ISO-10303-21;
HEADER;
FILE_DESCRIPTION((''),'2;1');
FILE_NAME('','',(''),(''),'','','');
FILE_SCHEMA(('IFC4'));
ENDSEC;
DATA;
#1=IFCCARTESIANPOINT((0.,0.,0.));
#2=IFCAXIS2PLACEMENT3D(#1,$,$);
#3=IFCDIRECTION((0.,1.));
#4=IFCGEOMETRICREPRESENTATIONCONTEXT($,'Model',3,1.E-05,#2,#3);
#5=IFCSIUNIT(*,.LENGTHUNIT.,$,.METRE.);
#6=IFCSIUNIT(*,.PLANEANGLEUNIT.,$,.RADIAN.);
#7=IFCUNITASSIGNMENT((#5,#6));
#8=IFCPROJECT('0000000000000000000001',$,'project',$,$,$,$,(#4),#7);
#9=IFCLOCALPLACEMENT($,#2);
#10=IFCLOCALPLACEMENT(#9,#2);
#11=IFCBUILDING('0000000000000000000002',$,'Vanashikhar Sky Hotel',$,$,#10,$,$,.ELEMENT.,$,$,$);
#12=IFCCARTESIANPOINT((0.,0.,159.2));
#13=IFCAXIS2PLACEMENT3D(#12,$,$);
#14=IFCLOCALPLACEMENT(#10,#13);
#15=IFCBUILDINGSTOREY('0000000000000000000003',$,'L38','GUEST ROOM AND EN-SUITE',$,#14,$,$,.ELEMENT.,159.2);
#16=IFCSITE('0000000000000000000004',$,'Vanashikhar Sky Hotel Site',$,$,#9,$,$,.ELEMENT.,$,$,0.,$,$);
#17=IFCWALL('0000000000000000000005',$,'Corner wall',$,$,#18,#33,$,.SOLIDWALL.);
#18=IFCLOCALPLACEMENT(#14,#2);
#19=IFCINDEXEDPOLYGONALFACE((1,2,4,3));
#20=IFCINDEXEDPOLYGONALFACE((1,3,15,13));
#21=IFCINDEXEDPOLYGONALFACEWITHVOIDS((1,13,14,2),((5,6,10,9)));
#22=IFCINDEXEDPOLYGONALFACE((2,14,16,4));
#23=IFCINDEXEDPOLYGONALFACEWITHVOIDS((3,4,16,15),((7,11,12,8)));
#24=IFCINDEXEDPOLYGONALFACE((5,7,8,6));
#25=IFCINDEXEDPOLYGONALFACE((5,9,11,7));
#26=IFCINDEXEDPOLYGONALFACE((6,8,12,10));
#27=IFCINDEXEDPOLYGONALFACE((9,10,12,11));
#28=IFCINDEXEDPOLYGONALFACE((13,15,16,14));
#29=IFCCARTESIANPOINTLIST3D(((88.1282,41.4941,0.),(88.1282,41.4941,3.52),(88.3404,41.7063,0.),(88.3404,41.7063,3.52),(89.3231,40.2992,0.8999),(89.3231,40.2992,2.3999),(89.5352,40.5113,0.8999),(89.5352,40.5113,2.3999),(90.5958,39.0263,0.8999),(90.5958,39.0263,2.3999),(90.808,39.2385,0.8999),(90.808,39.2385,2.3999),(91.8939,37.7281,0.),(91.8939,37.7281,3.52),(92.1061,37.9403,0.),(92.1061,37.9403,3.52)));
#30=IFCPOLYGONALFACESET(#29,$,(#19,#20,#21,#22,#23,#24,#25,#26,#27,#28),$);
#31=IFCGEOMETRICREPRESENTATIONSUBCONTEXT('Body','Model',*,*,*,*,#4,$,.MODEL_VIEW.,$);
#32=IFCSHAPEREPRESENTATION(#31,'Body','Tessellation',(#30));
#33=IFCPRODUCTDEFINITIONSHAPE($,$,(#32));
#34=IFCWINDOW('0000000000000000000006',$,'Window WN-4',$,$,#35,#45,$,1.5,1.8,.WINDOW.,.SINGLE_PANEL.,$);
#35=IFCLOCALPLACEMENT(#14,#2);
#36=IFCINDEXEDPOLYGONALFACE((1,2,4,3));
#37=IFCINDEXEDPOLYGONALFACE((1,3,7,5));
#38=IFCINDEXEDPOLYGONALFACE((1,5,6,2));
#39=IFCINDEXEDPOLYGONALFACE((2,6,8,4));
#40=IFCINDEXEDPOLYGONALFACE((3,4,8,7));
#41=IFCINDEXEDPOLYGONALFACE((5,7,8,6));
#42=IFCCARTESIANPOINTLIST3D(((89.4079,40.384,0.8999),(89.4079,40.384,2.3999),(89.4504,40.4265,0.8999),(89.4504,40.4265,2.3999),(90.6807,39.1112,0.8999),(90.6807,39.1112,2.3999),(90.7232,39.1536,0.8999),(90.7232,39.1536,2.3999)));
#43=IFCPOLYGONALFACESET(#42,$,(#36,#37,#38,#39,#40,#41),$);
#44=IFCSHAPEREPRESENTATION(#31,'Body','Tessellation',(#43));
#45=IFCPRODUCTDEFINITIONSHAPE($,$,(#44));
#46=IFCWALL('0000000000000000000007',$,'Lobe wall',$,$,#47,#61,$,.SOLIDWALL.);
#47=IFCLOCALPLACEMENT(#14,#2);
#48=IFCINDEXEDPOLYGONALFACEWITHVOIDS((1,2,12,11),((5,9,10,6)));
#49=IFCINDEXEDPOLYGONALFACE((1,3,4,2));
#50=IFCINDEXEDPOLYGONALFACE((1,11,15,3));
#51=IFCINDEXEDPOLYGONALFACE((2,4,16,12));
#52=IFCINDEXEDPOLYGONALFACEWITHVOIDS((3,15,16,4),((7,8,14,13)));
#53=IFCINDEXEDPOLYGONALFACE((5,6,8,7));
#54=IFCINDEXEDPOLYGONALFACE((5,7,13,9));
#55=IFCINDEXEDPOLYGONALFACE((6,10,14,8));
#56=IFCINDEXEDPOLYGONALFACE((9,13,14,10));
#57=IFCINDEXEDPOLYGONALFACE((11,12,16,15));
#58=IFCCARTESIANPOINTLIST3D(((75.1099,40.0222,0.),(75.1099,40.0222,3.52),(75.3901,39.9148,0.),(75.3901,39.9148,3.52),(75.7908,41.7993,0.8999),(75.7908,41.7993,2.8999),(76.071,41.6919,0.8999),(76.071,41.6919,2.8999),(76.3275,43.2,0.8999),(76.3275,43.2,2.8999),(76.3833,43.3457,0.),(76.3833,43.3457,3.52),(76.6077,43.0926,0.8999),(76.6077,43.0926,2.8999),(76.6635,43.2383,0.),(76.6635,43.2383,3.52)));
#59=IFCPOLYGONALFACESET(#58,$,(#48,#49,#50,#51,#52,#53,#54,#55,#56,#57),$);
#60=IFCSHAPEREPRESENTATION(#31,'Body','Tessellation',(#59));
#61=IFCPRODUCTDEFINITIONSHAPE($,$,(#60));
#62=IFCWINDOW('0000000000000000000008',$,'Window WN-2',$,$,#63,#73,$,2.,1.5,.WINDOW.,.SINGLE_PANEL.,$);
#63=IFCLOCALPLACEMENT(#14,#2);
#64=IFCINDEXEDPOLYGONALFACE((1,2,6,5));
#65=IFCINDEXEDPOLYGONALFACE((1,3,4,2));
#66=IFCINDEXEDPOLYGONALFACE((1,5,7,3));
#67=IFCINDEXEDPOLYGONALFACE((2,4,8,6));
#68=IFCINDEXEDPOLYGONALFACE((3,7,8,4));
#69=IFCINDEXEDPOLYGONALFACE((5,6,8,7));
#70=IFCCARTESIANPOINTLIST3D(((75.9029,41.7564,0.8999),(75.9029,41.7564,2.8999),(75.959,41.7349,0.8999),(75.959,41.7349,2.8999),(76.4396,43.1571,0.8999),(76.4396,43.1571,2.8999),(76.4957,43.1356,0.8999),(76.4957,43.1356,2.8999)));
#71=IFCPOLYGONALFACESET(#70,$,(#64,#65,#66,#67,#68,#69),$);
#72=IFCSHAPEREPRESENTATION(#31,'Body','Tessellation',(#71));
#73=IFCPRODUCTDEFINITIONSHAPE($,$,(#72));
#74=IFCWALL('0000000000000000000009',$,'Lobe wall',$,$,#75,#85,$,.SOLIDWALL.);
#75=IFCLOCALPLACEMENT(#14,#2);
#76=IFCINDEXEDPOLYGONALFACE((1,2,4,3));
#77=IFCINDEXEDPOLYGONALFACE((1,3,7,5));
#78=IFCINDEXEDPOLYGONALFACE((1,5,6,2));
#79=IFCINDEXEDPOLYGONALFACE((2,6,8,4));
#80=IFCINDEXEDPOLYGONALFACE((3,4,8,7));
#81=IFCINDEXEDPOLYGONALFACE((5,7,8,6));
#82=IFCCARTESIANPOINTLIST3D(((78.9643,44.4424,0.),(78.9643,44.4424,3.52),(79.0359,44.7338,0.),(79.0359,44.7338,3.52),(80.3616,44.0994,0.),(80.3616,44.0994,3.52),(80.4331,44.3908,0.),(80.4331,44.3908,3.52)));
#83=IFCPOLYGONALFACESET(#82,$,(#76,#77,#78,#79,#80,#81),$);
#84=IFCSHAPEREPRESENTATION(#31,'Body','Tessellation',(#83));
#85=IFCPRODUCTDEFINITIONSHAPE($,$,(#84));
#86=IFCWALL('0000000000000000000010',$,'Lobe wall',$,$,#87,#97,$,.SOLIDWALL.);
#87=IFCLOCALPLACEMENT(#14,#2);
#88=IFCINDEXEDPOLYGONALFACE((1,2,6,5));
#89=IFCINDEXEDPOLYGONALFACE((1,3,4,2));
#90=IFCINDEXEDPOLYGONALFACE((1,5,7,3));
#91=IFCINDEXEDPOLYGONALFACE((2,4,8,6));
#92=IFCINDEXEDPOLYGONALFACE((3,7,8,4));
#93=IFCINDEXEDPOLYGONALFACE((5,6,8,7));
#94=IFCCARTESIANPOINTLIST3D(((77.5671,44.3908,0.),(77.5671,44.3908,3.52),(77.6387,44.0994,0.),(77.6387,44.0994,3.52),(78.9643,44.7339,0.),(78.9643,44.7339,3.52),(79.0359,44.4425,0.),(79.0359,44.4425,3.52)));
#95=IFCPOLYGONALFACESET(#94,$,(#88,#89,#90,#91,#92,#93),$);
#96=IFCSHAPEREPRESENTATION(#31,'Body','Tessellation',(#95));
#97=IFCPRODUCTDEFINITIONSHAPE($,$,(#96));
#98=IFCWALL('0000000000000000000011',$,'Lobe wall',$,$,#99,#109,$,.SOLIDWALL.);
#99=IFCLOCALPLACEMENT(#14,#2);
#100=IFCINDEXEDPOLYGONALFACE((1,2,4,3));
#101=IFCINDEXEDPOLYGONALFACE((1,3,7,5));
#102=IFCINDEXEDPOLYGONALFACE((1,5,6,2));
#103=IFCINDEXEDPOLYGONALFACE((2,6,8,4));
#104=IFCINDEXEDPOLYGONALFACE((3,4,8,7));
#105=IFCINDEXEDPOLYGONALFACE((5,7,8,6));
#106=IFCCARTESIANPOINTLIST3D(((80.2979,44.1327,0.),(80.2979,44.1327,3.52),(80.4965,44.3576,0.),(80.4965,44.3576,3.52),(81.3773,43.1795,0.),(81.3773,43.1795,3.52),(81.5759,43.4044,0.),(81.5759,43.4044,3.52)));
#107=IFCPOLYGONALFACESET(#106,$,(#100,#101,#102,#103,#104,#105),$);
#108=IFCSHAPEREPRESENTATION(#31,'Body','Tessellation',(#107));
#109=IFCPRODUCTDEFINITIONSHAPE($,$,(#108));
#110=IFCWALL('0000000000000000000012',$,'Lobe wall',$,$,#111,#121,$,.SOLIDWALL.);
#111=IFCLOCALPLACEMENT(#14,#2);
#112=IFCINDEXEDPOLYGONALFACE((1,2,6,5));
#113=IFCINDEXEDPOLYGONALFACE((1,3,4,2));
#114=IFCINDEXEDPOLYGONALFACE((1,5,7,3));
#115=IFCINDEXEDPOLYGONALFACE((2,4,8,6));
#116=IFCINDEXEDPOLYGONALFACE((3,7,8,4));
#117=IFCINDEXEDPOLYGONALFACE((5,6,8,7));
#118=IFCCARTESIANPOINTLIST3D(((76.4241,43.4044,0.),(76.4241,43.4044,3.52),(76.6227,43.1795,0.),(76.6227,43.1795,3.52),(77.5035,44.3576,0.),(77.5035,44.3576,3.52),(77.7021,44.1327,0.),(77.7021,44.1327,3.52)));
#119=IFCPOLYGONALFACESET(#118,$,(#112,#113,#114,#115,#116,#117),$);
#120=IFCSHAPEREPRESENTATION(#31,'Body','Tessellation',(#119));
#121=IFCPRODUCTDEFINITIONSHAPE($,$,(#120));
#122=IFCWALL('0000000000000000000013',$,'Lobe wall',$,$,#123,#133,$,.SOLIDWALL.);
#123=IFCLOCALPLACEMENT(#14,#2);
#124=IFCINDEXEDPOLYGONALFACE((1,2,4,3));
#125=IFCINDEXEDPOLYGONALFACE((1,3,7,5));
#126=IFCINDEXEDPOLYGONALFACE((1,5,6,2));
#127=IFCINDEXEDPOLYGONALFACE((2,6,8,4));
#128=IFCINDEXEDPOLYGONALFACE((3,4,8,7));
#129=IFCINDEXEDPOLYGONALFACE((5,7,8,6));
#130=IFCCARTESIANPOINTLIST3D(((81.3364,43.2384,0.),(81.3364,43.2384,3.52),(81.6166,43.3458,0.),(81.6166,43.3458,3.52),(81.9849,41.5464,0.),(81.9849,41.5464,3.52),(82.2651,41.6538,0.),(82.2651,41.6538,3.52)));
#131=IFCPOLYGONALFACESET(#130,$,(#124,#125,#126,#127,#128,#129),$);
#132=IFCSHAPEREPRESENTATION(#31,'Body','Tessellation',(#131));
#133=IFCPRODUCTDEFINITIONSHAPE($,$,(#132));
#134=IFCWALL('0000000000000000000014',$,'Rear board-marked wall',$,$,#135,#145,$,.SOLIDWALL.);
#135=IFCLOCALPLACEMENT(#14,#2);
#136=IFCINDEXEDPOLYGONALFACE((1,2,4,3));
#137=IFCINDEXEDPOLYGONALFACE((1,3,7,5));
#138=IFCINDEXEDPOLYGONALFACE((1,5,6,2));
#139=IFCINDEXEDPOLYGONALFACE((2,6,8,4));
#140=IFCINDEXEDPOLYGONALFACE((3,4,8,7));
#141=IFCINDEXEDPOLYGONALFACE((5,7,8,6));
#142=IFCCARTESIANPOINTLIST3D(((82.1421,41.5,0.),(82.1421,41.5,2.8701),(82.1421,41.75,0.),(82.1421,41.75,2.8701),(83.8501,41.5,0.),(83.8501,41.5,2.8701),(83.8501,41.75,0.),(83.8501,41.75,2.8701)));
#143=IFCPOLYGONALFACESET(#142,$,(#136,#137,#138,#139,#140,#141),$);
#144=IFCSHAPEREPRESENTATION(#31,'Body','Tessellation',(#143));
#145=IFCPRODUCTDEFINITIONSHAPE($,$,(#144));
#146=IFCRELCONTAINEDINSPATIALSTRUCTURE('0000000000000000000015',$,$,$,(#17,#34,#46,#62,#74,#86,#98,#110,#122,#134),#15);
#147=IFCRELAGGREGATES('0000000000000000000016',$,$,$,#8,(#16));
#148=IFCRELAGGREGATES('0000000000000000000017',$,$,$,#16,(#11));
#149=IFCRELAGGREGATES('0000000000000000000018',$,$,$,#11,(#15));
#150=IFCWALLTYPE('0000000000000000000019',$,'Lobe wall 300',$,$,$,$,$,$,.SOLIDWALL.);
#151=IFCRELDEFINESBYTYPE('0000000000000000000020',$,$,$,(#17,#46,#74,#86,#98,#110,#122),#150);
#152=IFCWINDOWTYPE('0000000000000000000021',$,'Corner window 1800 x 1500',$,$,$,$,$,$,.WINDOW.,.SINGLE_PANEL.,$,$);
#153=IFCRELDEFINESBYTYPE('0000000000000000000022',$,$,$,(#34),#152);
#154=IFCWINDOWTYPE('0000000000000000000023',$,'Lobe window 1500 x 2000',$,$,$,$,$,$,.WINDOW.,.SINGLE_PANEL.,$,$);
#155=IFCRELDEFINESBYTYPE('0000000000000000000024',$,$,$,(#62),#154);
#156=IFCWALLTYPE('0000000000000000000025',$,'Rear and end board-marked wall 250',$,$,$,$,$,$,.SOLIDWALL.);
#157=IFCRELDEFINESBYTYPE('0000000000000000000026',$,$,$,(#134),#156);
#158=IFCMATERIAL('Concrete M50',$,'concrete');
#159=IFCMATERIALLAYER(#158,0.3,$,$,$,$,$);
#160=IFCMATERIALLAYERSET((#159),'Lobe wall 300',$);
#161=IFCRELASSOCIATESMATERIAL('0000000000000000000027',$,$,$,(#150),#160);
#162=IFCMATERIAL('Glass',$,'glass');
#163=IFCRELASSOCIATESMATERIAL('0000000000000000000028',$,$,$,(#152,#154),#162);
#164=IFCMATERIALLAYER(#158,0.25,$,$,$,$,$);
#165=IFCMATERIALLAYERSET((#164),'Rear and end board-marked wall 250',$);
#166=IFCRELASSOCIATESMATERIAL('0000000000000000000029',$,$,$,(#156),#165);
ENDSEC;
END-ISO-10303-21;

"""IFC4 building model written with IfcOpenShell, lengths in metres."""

from ifc_helpers import new_model, si_unit, direction, frame, frame_2d, origin, place, context, subcontext, project, spatial, rectangle, extrude, source, transform, mapped, material, layer, layer_set, type_object, element, fill, save


model = new_model("IFC4")

# Units and contexts
model_context = context("Model", 3, precision=1e-05, world=origin(), true_north=direction((0.0, 1.0)))
body_context = subcontext(model_context, "Body", "Model", "MODEL_VIEW")
ifc_project = project(units=[si_unit("LENGTHUNIT", "METRE"), si_unit("PLANEANGLEUNIT", "RADIAN")], contexts=[model_context])

# Site, building, storey
site_placement = place(None, origin())
site = spatial("IfcSite", under=ifc_project, at=site_placement, Name="Vanashikhar Sky Hotel Site", CompositionType="ELEMENT", RefElevation=0.0)
building_placement = place(site_placement, origin())
building = spatial("IfcBuilding", under=site, at=building_placement, Name="Vanashikhar Sky Hotel", CompositionType="ELEMENT")
storey_placement = place(building_placement, frame((0.0, 0.0, 159.2)))
storey = spatial("IfcBuildingStorey", under=building, at=storey_placement, Name="L38", Description="GUEST ROOM AND EN-SUITE", CompositionType="ELEMENT", Elevation=159.2)

# Walls, openings, windows
ifc_material_1 = material(Name="Concrete M50", Category="concrete")
ifc_layer_1 = layer(ifc_material_1, 0.3)
ifc_layer_set_1 = layer_set([ifc_layer_1], Name="Lobe wall 300")
wall_type_1 = type_object("IfcWallType", Name="Lobe wall 300", PredefinedType="SOLIDWALL", material=ifc_layer_set_1)
shared_shape_1 = source(origin(), body_context, "Body", "SweptSolid", [
    extrude(rectangle(XDim=5.3257, YDim=0.3, at=frame_2d((2.6628, 0.0))), origin(), (0.0, 0.0, 1.0), 3.52),
])
wall_1_placement = place(storey_placement, frame((92.0, 37.8342, 0.0), z_axis=(0.0, 0.0, 1.0), x_axis=(-0.707084, 0.70713, 0.0)))
wall_1 = element("IfcWall", 1, at=wall_1_placement, inside=storey, type_object=wall_type_1, Name="Corner wall", PredefinedType="SOLIDWALL", context=body_context, shape_type="MappedRepresentation", body=[
    mapped(shared_shape_1, transform((0.0, 0.0, 0.0), scale=1.0)),
])
shared_shape_2 = source(origin(), body_context, "Body", "SweptSolid", [
    extrude(rectangle(XDim=1.8, YDim=1.5, at=frame_2d((0.8999, 0.75))), frame((0.0, 0.1602, 0.0), z_axis=(0.0, -1.0, 0.0), x_axis=(1.0, 0.0, 0.0)), (0.0, 0.0, 1.0), 0.3201),
])
opening_1_placement = place(wall_1_placement, frame((1.8359, 0.0, 0.8999)))
opening_1 = element("IfcOpeningElement", 2, at=opening_1_placement, cuts=wall_1, PredefinedType="OPENING", context=body_context, shape_type="MappedRepresentation", body=[
    mapped(shared_shape_2, transform((0.0, 0.0, 0.0), scale=1.0)),
])
ifc_material_2 = material(Name="Glass", Category="glass")
window_type_1 = type_object("IfcWindowType", Name="Corner window 1800 x 1500", PartitioningType="SINGLE_PANEL", PredefinedType="WINDOW", material=ifc_material_2)
shared_shape_3 = source(origin(), body_context, "Body", "SweptSolid", [
    extrude(rectangle(XDim=1.8, YDim=1.5, at=frame_2d((0.8999, 0.75))), frame((0.0, 0.03, 0.0), z_axis=(0.0, -1.0, 0.0), x_axis=(1.0, 0.0, 0.0)), (0.0, 0.0, 1.0), 0.0601),
])
window_1_placement = place(opening_1_placement, origin())
window_1 = element("IfcWindow", 3, at=window_1_placement, inside=storey, type_object=window_type_1, Name="Window WN-4", OverallHeight=1.5, OverallWidth=1.8, PartitioningType="SINGLE_PANEL", PredefinedType="WINDOW", context=body_context, shape_type="MappedRepresentation", body=[
    mapped(shared_shape_3, transform((0.0, 0.0, 0.0), scale=1.0)),
])
fill(opening_1, window_1)
shared_shape_4 = source(origin(), body_context, "Body", "SweptSolid", [
    extrude(rectangle(XDim=3.5591, YDim=0.3, at=frame_2d((1.7795, 0.0))), origin(), (0.0, 0.0, 1.0), 3.52),
])
wall_2_placement = place(storey_placement, frame((76.5234, 43.292, 0.0), z_axis=(0.0, 0.0, 1.0), x_axis=(-0.357797, -0.933799, 0.0)))
wall_2 = element("IfcWall", 4, at=wall_2_placement, inside=storey, type_object=wall_type_1, Name="Lobe wall", PredefinedType="SOLIDWALL", context=body_context, shape_type="MappedRepresentation", body=[
    mapped(shared_shape_4, transform((0.0, 0.0, 0.0), scale=1.0)),
])
shared_shape_5 = source(origin(), body_context, "Body", "SweptSolid", [
    extrude(rectangle(XDim=1.5, YDim=2.0, at=frame_2d((0.75, 1.0))), frame((0.0, 0.1602, 0.0), z_axis=(0.0, -1.0, 0.0), x_axis=(1.0, 0.0, 0.0)), (0.0, 0.0, 1.0), 0.3201),
])
opening_2_placement = place(wall_2_placement, frame((0.156, 0.0, 0.8999)))
opening_2 = element("IfcOpeningElement", 5, at=opening_2_placement, cuts=wall_2, PredefinedType="OPENING", context=body_context, shape_type="MappedRepresentation", body=[
    mapped(shared_shape_5, transform((0.0, 0.0, 0.0), scale=1.0)),
])
window_type_2 = type_object("IfcWindowType", Name="Lobe window 1500 x 2000", PartitioningType="SINGLE_PANEL", PredefinedType="WINDOW", material=ifc_material_2)
shared_shape_6 = source(origin(), body_context, "Body", "SweptSolid", [
    extrude(rectangle(XDim=1.5, YDim=2.0, at=frame_2d((0.75, 1.0))), frame((0.0, 0.03, 0.0), z_axis=(0.0, -1.0, 0.0), x_axis=(1.0, 0.0, 0.0)), (0.0, 0.0, 1.0), 0.0601),
])
window_2_placement = place(opening_2_placement, origin())
window_2 = element("IfcWindow", 6, at=window_2_placement, inside=storey, type_object=window_type_2, Name="Window WN-2", OverallHeight=2.0, OverallWidth=1.5, PartitioningType="SINGLE_PANEL", PredefinedType="WINDOW", context=body_context, shape_type="MappedRepresentation", body=[
    mapped(shared_shape_6, transform((0.0, 0.0, 0.0), scale=1.0)),
])
fill(opening_2, window_2)

# Walls
shared_shape_7 = source(origin(), body_context, "Body", "SweptSolid", [
    extrude(rectangle(XDim=1.4387, YDim=0.3, at=frame_2d((0.7192, 0.0))), origin(), (0.0, 0.0, 1.0), 3.52),
])
for number, where, z_axis, x_axis, name in (
    (7, (80.3972, 44.2451, 0.0), (0.0, 0.0, 1.0), (-0.971162, 0.238421, 0.0), "Lobe wall"),
    (8, (79.0, 44.5881, 0.0), (0.0, 0.0, 1.0), (-0.971162, -0.238421, 0.0), "Lobe wall"),
):
    element("IfcWall", number, at=place(storey_placement, frame(where, z_axis=z_axis, x_axis=x_axis)), inside=storey, type_object=wall_type_1, Name=name, PredefinedType="SOLIDWALL", context=body_context, shape_type="MappedRepresentation", body=[
        mapped(shared_shape_7, transform((0.0, 0.0, 0.0), scale=1.0)),
    ])
shared_shape_8 = source(origin(), body_context, "Body", "SweptSolid", [
    extrude(rectangle(XDim=1.4399, YDim=0.3, at=frame_2d((0.72, 0.0))), origin(), (0.0, 0.0, 1.0), 3.52),
])
for number, where, z_axis, x_axis, name in (
    (9, (81.4766, 43.292, 0.0), (0.0, 0.0, 1.0), (-0.749576, 0.661919, 0.0), "Lobe wall"),
    (10, (77.6028, 44.2451, 0.0), (0.0, 0.0, 1.0), (-0.749576, -0.661919, 0.0), "Lobe wall"),
):
    element("IfcWall", number, at=place(storey_placement, frame(where, z_axis=z_axis, x_axis=x_axis)), inside=storey, type_object=wall_type_1, Name=name, PredefinedType="SOLIDWALL", context=body_context, shape_type="MappedRepresentation", body=[
        mapped(shared_shape_8, transform((0.0, 0.0, 0.0), scale=1.0)),
    ])
shared_shape_9 = source(origin(), body_context, "Body", "SweptSolid", [
    extrude(rectangle(XDim=1.812, YDim=0.3, at=frame_2d((0.906, 0.0))), origin(), (0.0, 0.0, 1.0), 3.52),
])
wall_3_placement = place(storey_placement, frame((82.125, 41.6001, 0.0), z_axis=(0.0, 0.0, 1.0), x_axis=(-0.357877, 0.933769, 0.0)))
element("IfcWall", 11, at=wall_3_placement, inside=storey, type_object=wall_type_1, Name="Lobe wall", PredefinedType="SOLIDWALL", context=body_context, shape_type="MappedRepresentation", body=[
    mapped(shared_shape_9, transform((0.0, 0.0, 0.0), scale=1.0)),
])
ifc_layer_2 = layer(ifc_material_1, 0.25)
ifc_layer_set_2 = layer_set([ifc_layer_2], Name="Rear and end board-marked wall 250")
wall_type_2 = type_object("IfcWallType", Name="Rear and end board-marked wall 250", PredefinedType="SOLIDWALL", material=ifc_layer_set_2)
shared_shape_10 = source(origin(), body_context, "Body", "SweptSolid", [
    extrude(rectangle(XDim=1.708, YDim=0.25, at=frame_2d((0.854, 0.0))), origin(), (0.0, 0.0, 1.0), 2.8701),
])
wall_4_placement = place(storey_placement, frame((83.8501, 41.625, 0.0), z_axis=(0.0, 0.0, 1.0), x_axis=(-1.0, 0.0, 0.0)))
element("IfcWall", 12, at=wall_4_placement, inside=storey, type_object=wall_type_2, Name="Rear board-marked wall", PredefinedType="SOLIDWALL", context=body_context, shape_type="MappedRepresentation", body=[
    mapped(shared_shape_10, transform((0.0, 0.0, 0.0), scale=1.0)),
])

save(model, "model.ifc")
